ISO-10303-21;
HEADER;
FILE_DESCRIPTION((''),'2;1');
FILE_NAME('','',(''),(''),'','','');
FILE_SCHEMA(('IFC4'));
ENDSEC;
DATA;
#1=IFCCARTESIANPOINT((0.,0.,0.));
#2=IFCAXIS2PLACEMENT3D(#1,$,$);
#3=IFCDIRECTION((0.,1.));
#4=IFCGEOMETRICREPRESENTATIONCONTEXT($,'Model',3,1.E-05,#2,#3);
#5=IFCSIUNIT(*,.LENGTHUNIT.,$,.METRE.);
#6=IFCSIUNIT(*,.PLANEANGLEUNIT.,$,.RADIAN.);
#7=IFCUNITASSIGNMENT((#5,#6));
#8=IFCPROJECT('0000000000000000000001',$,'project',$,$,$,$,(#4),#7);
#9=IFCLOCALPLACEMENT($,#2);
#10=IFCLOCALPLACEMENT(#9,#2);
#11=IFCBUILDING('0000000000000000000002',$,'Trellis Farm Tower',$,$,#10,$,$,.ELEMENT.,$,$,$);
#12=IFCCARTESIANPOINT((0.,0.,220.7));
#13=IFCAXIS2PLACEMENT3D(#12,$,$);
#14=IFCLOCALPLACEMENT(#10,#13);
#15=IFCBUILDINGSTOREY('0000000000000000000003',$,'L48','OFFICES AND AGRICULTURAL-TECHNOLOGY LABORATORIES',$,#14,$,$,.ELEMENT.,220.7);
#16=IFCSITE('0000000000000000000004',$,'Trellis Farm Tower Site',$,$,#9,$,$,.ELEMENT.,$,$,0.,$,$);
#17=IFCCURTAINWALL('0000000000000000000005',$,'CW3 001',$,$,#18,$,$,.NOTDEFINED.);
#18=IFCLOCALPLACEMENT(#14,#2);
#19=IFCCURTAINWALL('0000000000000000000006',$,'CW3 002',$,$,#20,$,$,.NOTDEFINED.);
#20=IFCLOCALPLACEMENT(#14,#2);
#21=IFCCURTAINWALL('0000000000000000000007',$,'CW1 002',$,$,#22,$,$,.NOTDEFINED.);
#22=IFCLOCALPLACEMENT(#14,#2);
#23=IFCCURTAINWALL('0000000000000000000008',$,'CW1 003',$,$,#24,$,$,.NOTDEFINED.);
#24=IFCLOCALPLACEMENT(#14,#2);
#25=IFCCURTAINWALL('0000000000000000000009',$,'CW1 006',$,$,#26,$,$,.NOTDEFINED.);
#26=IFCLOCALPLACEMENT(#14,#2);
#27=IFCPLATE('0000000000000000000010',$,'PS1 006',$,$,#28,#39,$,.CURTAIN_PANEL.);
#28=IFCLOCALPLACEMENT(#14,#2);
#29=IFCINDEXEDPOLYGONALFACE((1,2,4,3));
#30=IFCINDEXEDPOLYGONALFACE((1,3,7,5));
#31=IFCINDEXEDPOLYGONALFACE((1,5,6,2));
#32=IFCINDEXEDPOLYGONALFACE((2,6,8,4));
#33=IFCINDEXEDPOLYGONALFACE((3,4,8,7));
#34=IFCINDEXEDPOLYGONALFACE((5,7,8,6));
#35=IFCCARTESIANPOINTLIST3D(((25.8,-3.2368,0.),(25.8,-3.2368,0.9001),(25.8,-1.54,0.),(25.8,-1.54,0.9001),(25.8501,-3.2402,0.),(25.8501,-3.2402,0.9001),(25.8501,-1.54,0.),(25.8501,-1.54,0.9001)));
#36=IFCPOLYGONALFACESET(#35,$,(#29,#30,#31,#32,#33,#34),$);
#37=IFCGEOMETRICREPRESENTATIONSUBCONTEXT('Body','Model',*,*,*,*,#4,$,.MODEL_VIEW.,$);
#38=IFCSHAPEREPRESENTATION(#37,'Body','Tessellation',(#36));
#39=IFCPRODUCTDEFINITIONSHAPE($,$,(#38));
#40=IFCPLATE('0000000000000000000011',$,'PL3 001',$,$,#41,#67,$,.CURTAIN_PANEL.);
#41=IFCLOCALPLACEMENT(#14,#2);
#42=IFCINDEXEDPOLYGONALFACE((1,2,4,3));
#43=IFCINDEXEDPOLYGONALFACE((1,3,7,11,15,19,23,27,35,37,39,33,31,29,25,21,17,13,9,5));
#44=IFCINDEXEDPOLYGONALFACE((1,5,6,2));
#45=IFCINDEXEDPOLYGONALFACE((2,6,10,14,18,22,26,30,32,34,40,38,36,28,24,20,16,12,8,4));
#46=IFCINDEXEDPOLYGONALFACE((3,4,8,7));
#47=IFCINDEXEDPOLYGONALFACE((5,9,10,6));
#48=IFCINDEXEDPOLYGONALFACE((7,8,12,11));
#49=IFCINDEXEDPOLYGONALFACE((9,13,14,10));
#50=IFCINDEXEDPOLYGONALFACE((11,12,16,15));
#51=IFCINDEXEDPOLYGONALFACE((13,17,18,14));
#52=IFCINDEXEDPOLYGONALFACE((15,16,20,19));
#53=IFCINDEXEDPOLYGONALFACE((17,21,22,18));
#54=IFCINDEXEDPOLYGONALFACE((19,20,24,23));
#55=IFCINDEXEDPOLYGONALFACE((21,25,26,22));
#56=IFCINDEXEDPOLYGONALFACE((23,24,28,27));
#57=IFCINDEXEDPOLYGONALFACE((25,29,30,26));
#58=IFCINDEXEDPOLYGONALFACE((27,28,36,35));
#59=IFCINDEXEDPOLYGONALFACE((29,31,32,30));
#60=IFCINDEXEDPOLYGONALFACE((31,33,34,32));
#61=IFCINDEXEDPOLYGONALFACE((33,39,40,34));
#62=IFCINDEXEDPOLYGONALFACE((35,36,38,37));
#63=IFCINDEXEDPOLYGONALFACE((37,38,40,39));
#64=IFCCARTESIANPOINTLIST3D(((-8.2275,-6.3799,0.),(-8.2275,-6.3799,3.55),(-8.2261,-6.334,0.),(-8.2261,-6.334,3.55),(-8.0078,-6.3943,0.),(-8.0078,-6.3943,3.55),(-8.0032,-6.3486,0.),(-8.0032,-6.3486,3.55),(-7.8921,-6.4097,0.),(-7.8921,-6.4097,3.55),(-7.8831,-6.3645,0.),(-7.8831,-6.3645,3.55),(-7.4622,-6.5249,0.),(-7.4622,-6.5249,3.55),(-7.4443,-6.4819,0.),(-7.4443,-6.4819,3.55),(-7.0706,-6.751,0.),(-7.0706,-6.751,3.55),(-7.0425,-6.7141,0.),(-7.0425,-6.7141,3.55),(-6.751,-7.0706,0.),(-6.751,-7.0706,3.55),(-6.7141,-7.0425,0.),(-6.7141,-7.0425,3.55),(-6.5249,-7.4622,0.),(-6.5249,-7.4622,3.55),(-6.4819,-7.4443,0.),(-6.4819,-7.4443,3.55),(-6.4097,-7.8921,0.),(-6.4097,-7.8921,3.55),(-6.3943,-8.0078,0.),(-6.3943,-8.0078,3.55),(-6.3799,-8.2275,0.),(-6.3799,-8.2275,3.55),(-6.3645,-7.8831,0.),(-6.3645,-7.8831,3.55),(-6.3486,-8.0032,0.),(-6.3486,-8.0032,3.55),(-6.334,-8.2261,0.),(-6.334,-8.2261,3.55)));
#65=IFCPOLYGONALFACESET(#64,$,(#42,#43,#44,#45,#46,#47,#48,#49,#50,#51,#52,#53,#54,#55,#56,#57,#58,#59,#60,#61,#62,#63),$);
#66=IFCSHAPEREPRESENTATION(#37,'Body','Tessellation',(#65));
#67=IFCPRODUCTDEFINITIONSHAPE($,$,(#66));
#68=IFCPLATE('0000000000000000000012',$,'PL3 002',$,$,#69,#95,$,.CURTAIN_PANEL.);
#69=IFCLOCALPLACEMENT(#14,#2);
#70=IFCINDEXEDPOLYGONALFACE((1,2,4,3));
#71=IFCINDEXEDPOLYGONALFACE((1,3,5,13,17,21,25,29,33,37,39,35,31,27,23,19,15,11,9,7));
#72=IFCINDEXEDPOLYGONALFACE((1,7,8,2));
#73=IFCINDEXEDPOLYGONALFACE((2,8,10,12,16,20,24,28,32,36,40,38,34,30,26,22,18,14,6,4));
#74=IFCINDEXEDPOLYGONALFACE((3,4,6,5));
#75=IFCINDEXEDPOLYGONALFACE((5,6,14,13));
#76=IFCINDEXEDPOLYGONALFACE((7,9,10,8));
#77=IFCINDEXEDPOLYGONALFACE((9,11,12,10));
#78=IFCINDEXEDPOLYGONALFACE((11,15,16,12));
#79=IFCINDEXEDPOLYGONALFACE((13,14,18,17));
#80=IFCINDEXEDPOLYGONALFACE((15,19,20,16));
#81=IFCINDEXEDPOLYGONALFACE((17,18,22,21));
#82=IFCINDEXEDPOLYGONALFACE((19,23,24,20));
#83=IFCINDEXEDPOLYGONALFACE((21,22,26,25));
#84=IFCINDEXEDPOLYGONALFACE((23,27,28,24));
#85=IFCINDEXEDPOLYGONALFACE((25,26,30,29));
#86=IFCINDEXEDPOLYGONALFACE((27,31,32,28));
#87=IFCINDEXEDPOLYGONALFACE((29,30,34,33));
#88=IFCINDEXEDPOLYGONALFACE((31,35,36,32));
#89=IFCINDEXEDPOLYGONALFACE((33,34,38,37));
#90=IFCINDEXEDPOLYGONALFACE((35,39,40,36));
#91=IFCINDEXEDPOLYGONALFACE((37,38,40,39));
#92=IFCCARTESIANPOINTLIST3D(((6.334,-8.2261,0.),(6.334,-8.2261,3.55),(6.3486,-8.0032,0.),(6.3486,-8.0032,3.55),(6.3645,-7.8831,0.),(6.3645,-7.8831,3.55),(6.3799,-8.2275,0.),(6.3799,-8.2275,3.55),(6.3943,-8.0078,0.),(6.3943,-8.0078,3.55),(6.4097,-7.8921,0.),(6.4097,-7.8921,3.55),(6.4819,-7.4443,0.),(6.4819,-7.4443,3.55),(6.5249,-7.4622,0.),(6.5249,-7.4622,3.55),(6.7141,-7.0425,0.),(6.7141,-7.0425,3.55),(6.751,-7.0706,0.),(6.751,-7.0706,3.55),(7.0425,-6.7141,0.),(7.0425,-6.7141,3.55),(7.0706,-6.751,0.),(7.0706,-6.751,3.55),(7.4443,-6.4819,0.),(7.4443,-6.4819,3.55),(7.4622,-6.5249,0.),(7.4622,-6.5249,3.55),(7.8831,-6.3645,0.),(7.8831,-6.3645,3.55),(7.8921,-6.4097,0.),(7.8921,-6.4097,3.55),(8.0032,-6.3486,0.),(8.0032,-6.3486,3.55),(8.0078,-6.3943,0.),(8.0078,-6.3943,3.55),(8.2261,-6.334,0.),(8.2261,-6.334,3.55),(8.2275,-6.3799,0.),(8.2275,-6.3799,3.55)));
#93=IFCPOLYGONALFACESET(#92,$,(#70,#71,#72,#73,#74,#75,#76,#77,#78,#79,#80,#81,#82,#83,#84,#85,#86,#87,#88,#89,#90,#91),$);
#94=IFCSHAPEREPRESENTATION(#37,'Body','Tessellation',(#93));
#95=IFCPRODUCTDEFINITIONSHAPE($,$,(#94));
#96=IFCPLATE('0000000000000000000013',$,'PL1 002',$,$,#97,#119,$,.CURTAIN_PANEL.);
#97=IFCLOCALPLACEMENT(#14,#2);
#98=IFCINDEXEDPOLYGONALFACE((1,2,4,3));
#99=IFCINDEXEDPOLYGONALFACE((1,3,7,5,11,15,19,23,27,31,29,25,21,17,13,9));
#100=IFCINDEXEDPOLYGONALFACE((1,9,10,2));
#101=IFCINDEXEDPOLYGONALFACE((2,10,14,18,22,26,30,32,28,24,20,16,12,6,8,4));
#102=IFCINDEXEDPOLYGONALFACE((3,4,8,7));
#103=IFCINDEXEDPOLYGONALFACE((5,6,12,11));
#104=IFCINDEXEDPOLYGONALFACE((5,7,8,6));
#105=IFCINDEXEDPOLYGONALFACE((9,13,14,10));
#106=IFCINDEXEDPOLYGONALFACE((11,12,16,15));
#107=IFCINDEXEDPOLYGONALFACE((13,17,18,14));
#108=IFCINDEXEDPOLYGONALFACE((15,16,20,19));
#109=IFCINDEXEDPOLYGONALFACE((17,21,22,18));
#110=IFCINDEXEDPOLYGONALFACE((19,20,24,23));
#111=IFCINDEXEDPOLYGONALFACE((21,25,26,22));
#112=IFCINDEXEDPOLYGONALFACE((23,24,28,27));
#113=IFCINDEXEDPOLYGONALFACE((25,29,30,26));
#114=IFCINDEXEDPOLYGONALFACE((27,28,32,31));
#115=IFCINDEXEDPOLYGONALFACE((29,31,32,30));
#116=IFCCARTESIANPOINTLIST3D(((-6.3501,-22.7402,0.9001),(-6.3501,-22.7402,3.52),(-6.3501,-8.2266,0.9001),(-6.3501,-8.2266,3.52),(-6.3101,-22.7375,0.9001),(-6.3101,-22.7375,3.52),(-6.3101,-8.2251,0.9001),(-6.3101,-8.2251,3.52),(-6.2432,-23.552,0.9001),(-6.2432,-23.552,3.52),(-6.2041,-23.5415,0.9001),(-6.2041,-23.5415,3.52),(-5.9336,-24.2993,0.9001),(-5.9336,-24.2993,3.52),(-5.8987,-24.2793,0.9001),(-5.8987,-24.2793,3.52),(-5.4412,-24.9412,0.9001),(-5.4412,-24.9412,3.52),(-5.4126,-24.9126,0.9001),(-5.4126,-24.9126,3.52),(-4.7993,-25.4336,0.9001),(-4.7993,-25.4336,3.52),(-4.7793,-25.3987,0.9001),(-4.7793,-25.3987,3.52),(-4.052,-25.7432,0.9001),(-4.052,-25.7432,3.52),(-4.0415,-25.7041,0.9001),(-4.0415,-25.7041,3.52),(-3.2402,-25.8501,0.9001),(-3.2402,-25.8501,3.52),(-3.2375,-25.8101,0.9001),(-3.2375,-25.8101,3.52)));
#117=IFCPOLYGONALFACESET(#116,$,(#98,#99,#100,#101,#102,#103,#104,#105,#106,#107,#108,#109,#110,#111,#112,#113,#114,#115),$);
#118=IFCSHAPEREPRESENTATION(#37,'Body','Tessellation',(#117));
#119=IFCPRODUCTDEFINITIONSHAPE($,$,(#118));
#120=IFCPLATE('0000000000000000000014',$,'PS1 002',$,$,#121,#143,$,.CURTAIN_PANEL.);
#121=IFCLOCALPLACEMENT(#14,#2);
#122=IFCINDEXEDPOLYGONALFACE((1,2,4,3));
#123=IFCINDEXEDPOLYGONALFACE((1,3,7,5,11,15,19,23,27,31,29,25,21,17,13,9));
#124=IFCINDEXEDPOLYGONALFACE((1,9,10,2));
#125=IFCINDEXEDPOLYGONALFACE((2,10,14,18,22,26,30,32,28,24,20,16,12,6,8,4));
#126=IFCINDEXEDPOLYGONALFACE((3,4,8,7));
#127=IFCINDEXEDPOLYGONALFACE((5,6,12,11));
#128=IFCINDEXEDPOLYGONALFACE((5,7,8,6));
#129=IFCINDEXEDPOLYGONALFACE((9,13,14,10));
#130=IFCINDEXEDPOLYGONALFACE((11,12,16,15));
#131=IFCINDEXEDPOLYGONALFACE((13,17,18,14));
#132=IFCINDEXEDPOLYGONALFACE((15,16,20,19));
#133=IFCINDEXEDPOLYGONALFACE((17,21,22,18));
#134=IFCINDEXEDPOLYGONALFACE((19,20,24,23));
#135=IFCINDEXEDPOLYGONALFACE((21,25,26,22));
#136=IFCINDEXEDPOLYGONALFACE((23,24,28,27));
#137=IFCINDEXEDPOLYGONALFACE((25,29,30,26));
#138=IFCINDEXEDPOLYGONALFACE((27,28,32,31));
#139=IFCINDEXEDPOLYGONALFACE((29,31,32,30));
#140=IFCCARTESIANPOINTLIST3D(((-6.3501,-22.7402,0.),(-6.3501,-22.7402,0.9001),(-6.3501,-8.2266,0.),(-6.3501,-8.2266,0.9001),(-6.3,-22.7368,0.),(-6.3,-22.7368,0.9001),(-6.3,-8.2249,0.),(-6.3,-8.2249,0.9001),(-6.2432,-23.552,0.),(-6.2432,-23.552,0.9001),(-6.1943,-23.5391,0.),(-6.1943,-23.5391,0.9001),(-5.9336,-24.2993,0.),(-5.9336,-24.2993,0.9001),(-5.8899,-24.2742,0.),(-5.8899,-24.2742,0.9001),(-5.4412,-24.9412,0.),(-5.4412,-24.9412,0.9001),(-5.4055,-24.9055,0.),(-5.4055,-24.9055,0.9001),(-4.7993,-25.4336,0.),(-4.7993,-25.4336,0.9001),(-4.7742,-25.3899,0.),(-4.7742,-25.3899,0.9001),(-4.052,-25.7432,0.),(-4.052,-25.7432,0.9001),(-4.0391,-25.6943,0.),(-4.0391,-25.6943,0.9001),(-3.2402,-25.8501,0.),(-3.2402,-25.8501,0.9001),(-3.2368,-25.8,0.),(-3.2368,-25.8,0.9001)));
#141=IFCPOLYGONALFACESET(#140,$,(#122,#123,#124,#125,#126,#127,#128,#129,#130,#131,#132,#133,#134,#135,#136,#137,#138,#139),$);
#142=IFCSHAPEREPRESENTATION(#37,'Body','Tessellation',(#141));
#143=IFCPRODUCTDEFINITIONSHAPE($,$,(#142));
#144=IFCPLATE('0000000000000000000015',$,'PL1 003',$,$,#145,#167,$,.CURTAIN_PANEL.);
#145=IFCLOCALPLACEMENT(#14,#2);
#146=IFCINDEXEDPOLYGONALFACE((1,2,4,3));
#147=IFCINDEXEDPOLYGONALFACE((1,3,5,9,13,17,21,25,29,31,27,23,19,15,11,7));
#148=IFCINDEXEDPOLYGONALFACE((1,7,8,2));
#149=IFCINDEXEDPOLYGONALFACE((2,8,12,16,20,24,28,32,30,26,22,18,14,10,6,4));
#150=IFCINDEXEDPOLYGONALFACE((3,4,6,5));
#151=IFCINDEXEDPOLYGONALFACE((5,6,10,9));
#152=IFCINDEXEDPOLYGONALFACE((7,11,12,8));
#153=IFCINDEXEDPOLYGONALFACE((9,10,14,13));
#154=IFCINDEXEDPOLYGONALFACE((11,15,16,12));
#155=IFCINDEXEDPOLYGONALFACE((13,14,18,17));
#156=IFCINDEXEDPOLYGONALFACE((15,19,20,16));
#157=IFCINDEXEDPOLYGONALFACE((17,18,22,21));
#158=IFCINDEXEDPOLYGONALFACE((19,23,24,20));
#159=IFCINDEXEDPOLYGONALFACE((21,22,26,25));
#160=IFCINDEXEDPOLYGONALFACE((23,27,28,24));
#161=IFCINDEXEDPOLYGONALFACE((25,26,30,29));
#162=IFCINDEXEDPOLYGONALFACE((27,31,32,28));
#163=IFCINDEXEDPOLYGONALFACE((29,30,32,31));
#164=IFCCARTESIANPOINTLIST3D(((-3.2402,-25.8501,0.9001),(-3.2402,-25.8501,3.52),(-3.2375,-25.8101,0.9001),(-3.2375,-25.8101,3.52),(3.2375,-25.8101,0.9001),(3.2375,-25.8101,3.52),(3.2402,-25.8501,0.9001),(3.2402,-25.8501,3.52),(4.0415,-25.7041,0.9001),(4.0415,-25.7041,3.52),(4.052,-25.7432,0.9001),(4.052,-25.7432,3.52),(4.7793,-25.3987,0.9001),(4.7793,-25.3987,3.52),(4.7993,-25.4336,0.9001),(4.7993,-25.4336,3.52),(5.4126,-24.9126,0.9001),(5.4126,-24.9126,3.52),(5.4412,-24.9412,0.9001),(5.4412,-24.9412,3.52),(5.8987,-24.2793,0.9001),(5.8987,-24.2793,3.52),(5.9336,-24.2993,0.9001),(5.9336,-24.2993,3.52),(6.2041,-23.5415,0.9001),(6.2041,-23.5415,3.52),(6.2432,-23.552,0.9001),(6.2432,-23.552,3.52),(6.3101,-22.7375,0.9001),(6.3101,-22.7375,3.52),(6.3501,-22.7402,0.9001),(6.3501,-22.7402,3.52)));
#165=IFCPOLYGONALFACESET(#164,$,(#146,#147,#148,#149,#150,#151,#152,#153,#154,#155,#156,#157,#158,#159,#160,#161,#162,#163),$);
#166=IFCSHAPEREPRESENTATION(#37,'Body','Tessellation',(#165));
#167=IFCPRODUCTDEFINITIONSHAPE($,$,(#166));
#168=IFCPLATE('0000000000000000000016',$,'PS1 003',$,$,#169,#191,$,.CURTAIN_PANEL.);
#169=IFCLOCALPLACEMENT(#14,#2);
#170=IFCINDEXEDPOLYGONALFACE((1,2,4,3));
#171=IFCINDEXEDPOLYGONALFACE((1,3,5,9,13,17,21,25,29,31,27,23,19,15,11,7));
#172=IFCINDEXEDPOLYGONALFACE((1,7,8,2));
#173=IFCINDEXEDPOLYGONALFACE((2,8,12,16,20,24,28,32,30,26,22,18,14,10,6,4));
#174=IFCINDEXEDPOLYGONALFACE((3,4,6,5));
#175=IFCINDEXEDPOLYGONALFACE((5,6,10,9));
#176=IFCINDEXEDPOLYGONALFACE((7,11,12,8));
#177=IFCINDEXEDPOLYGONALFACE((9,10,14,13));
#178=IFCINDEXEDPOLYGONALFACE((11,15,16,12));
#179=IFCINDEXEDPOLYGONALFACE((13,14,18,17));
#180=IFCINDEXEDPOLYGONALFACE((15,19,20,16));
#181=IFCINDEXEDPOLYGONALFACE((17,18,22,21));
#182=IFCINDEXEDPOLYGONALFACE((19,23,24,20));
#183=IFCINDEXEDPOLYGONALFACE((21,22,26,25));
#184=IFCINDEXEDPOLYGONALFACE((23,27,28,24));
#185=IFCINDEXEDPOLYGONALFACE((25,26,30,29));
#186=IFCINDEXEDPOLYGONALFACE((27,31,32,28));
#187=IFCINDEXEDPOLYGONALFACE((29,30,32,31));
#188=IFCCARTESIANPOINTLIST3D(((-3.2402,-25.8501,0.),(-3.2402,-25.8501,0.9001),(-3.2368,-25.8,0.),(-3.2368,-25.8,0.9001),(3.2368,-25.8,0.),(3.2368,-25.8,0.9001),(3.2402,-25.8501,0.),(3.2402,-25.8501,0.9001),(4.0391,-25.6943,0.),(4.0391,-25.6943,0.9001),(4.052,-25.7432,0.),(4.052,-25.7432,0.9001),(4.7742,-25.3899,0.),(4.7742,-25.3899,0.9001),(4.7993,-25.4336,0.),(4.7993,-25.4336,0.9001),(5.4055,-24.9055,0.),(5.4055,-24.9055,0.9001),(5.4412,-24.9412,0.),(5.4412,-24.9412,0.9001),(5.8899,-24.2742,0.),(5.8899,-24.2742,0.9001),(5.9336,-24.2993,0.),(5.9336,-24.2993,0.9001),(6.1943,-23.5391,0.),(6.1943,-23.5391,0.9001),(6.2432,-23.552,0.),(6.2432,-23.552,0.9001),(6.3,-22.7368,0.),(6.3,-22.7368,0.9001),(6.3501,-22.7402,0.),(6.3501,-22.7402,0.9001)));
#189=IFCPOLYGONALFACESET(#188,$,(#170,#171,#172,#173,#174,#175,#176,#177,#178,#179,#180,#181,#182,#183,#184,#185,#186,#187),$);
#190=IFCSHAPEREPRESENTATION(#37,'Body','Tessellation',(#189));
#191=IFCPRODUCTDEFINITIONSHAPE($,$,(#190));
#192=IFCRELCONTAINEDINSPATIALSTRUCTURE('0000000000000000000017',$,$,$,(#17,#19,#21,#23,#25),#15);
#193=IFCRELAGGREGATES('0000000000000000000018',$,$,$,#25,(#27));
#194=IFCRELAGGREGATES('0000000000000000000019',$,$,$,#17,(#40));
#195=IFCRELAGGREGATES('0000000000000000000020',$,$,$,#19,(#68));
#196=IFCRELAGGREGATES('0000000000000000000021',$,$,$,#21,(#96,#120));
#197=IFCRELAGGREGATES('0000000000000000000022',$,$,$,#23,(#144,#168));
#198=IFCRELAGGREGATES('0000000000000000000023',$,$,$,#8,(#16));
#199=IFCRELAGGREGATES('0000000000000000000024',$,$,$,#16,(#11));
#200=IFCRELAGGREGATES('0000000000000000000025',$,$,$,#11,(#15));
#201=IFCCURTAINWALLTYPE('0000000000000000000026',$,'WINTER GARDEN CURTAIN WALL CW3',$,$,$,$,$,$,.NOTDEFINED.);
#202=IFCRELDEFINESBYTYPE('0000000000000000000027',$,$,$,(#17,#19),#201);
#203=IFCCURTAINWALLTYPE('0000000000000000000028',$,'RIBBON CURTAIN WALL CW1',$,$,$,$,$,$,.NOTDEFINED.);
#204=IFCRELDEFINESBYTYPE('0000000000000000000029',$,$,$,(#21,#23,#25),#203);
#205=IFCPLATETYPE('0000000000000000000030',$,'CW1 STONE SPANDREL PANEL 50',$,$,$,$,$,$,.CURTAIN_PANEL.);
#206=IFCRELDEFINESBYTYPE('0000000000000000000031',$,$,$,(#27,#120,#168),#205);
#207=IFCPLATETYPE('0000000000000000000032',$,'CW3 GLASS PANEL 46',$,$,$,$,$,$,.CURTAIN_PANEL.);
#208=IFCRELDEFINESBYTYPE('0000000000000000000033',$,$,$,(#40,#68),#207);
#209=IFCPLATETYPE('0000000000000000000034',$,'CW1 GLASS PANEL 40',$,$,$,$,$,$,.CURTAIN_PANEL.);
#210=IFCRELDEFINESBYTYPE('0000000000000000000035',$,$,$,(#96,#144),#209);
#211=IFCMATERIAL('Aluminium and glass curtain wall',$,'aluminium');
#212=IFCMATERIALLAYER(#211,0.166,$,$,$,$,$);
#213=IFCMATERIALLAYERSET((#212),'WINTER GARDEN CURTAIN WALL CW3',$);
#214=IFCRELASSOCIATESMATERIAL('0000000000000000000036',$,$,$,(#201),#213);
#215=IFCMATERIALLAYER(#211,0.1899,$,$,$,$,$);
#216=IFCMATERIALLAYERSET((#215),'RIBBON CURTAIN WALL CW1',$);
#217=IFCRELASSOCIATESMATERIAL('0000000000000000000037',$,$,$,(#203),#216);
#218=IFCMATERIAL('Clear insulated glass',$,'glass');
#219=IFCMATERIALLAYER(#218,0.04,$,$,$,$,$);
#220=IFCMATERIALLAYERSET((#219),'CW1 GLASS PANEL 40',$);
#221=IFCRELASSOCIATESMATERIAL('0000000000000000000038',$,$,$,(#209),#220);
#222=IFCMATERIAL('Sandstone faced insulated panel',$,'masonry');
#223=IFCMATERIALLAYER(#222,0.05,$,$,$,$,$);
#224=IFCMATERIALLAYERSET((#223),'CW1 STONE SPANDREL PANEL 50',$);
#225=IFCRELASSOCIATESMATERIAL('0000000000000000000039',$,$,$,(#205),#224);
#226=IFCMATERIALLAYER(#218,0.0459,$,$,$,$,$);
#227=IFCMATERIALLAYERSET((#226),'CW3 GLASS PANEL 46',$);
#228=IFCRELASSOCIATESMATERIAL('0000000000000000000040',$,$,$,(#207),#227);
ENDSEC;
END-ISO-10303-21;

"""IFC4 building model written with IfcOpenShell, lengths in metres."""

from ifc_helpers import new_model, si_unit, direction, frame, origin, place, context, subcontext, project, spatial, polyline, outline, extrude, source, transform, mapped, material, layer, layer_set, type_object, element, aggregate, save


model = new_model("IFC4")

# Units and contexts
model_context = context("Model", 3, precision=1e-05, world=origin(), true_north=direction((0.0, 1.0)))
body_context = subcontext(model_context, "Body", "Model", "MODEL_VIEW")
ifc_project = project(units=[si_unit("LENGTHUNIT", "METRE"), si_unit("PLANEANGLEUNIT", "RADIAN")], contexts=[model_context])

# Site, building, storey
site_placement = place(None, origin())
site = spatial("IfcSite", under=ifc_project, at=site_placement, Name="Trellis Farm Tower Site", CompositionType="ELEMENT", RefElevation=0.0)
building_placement = place(site_placement, origin())
building = spatial("IfcBuilding", under=site, at=building_placement, Name="Trellis Farm Tower", CompositionType="ELEMENT")
storey_placement = place(building_placement, frame((0.0, 0.0, 220.7)))
storey = spatial("IfcBuildingStorey", under=building, at=storey_placement, Name="L48", Description="OFFICES AND AGRICULTURAL-TECHNOLOGY LABORATORIES", CompositionType="ELEMENT", Elevation=220.7)

# Curtain walls
ifc_material_1 = material(Name="Aluminium and glass curtain wall", Category="aluminium")
ifc_layer_1 = layer(ifc_material_1, 0.166)
ifc_layer_set_1 = layer_set([ifc_layer_1], Name="WINTER GARDEN CURTAIN WALL CW3")
curtain_wall_type_1 = type_object("IfcCurtainWallType", Name="WINTER GARDEN CURTAIN WALL CW3", PredefinedType="NOTDEFINED", material=ifc_layer_set_1)
placement_1 = place(storey_placement, origin())
curtain_wall_1 = element("IfcCurtainWall", 1, at=placement_1, inside=storey, type_object=curtain_wall_type_1, Name="CW3 001", PredefinedType="NOTDEFINED")
curtain_wall_2 = element("IfcCurtainWall", 2, at=placement_1, inside=storey, type_object=curtain_wall_type_1, Name="CW3 002", PredefinedType="NOTDEFINED")
ifc_layer_2 = layer(ifc_material_1, 0.1899)
ifc_layer_set_2 = layer_set([ifc_layer_2], Name="RIBBON CURTAIN WALL CW1")
curtain_wall_type_2 = type_object("IfcCurtainWallType", Name="RIBBON CURTAIN WALL CW1", PredefinedType="NOTDEFINED", material=ifc_layer_set_2)
curtain_wall_3 = element("IfcCurtainWall", 3, at=placement_1, inside=storey, type_object=curtain_wall_type_2, Name="CW1 002", PredefinedType="NOTDEFINED")
curtain_wall_4 = element("IfcCurtainWall", 4, at=placement_1, inside=storey, type_object=curtain_wall_type_2, Name="CW1 003", PredefinedType="NOTDEFINED")

# Curtain wall, plate
curtain_wall_5 = element("IfcCurtainWall", 5, at=placement_1, inside=storey, type_object=curtain_wall_type_2, Name="CW1 006", PredefinedType="NOTDEFINED")
ifc_material_2 = material(Name="Clear insulated glass", Category="glass")
ifc_layer_3 = layer(ifc_material_2, 0.04)
ifc_layer_set_3 = layer_set([ifc_layer_3], Name="CW1 GLASS PANEL 40")
plate_type_1 = type_object("IfcPlateType", Name="CW1 GLASS PANEL 40", PredefinedType="CURTAIN_PANEL", material=ifc_layer_set_3)
placement_2 = place(storey_placement, frame((0.0, 0.0, 0.9001)))
ifc_material_3 = material(Name="Sandstone faced insulated panel", Category="masonry")
ifc_layer_4 = layer(ifc_material_3, 0.05)
ifc_layer_set_4 = layer_set([ifc_layer_4], Name="CW1 STONE SPANDREL PANEL 50")
plate_type_2 = type_object("IfcPlateType", Name="CW1 STONE SPANDREL PANEL 50", PredefinedType="CURTAIN_PANEL", material=ifc_layer_set_4)
plate_1 = element("IfcPlate", 6, at=placement_1, type_object=plate_type_2, Name="PS1 006", PredefinedType="CURTAIN_PANEL", context=body_context, shape_type="SweptSolid", body=[
    extrude(outline(polyline([(25.8501, -3.2402), (25.8501, -1.54), (25.8, -1.54), (25.8, -3.2368), (25.8501, -3.2402)])), origin(), (0.0, 0.0, 1.0), 0.9001),
])
aggregate(curtain_wall_5, [plate_1])

# Plates
ifc_layer_5 = layer(ifc_material_2, 0.0459)
ifc_layer_set_5 = layer_set([ifc_layer_5], Name="CW3 GLASS PANEL 46")
plate_type_3 = type_object("IfcPlateType", Name="CW3 GLASS PANEL 46", PredefinedType="CURTAIN_PANEL", material=ifc_layer_set_5)
shared_shape_1 = source(origin(), body_context, "Body", "SweptSolid", [
    extrude(outline(polyline([(-8.2275, -6.3799), (-8.0078, -6.3943), (-7.8921, -6.4097), (-7.4622, -6.5249), (-7.0706, -6.751), (-6.751, -7.0706), (-6.5249, -7.4622), (-6.4097, -7.8921), (-6.3943, -8.0078), (-6.3799, -8.2275), (-6.334, -8.2261), (-6.3486, -8.0032), (-6.3645, -7.8831), (-6.4819, -7.4443), (-6.7141, -7.0425), (-7.0425, -6.7141), (-7.4443, -6.4819), (-7.8831, -6.3645), (-8.0032, -6.3486), (-8.2261, -6.334), (-8.2275, -6.3799)])), origin(), (0.0, 0.0, 1.0), 3.55),
])
plate_2 = element("IfcPlate", 7, at=placement_1, type_object=plate_type_3, Name="PL3 001", PredefinedType="CURTAIN_PANEL", context=body_context, shape_type="MappedRepresentation", body=[
    mapped(shared_shape_1, transform((0.0, 0.0, 0.0))),
])
aggregate(curtain_wall_1, [plate_2])
shared_shape_2 = source(origin(), body_context, "Body", "SweptSolid", [
    extrude(outline(polyline([(6.3799, -8.2275), (6.3943, -8.0078), (6.4097, -7.8921), (6.5249, -7.4622), (6.751, -7.0706), (7.0706, -6.751), (7.4622, -6.5249), (7.8921, -6.4097), (8.0078, -6.3943), (8.2275, -6.3799), (8.2261, -6.334), (8.0032, -6.3486), (7.8831, -6.3645), (7.4443, -6.4819), (7.0425, -6.7141), (6.7141, -7.0425), (6.4819, -7.4443), (6.3645, -7.8831), (6.3486, -8.0032), (6.334, -8.2261), (6.3799, -8.2275)])), origin(), (0.0, 0.0, 1.0), 3.55),
])
plate_3 = element("IfcPlate", 8, at=placement_1, type_object=plate_type_3, Name="PL3 002", PredefinedType="CURTAIN_PANEL", context=body_context, shape_type="MappedRepresentation", body=[
    mapped(shared_shape_2, transform((0.0, 0.0, 0.0))),
])
aggregate(curtain_wall_2, [plate_3])
shared_shape_3 = source(origin(), body_context, "Body", "SweptSolid", [
    extrude(outline(polyline([(-6.3501, -8.2266), (-6.3501, -22.7402), (-6.2432, -23.552), (-5.9336, -24.2993), (-5.4412, -24.9412), (-4.7993, -25.4336), (-4.052, -25.7432), (-3.2402, -25.8501), (-3.2375, -25.8101), (-4.0415, -25.7041), (-4.7793, -25.3987), (-5.4126, -24.9126), (-5.8987, -24.2793), (-6.2041, -23.5415), (-6.3101, -22.7375), (-6.3101, -8.2251), (-6.3501, -8.2266)])), origin(), (0.0, 0.0, 1.0), 2.6199),
])
plate_4 = element("IfcPlate", 9, at=placement_2, type_object=plate_type_1, Name="PL1 002", PredefinedType="CURTAIN_PANEL", context=body_context, shape_type="MappedRepresentation", body=[
    mapped(shared_shape_3, transform((0.0, 0.0, 0.0))),
])
shared_shape_4 = source(origin(), body_context, "Body", "SweptSolid", [
    extrude(outline(polyline([(-6.3501, -8.2266), (-6.3501, -22.7402), (-6.2432, -23.552), (-5.9336, -24.2993), (-5.4412, -24.9412), (-4.7993, -25.4336), (-4.052, -25.7432), (-3.2402, -25.8501), (-3.2368, -25.8), (-4.0391, -25.6943), (-4.7742, -25.3899), (-5.4055, -24.9055), (-5.8899, -24.2742), (-6.1943, -23.5391), (-6.3, -22.7368), (-6.3, -8.2249), (-6.3501, -8.2266)])), origin(), (0.0, 0.0, 1.0), 0.9001),
])
plate_5 = element("IfcPlate", 10, at=placement_1, type_object=plate_type_2, Name="PS1 002", PredefinedType="CURTAIN_PANEL", context=body_context, shape_type="MappedRepresentation", body=[
    mapped(shared_shape_4, transform((0.0, 0.0, 0.0))),
])
aggregate(curtain_wall_3, [plate_4, plate_5])
shared_shape_5 = source(origin(), body_context, "Body", "SweptSolid", [
    extrude(outline(polyline([(-3.2402, -25.8501), (3.2402, -25.8501), (4.052, -25.7432), (4.7993, -25.4336), (5.4412, -24.9412), (5.9336, -24.2993), (6.2432, -23.552), (6.3501, -22.7402), (6.3101, -22.7375), (6.2041, -23.5415), (5.8987, -24.2793), (5.4126, -24.9126), (4.7793, -25.3987), (4.0415, -25.7041), (3.2375, -25.8101), (-3.2375, -25.8101), (-3.2402, -25.8501)])), origin(), (0.0, 0.0, 1.0), 2.6199),
])
plate_6 = element("IfcPlate", 11, at=placement_2, type_object=plate_type_1, Name="PL1 003", PredefinedType="CURTAIN_PANEL", context=body_context, shape_type="MappedRepresentation", body=[
    mapped(shared_shape_5, transform((0.0, 0.0, 0.0))),
])
shared_shape_6 = source(origin(), body_context, "Body", "SweptSolid", [
    extrude(outline(polyline([(-3.2402, -25.8501), (3.2402, -25.8501), (4.052, -25.7432), (4.7993, -25.4336), (5.4412, -24.9412), (5.9336, -24.2993), (6.2432, -23.552), (6.3501, -22.7402), (6.3, -22.7368), (6.1943, -23.5391), (5.8899, -24.2742), (5.4055, -24.9055), (4.7742, -25.3899), (4.0391, -25.6943), (3.2368, -25.8), (-3.2368, -25.8), (-3.2402, -25.8501)])), origin(), (0.0, 0.0, 1.0), 0.9001),
])
plate_7 = element("IfcPlate", 12, at=placement_1, type_object=plate_type_2, Name="PS1 003", PredefinedType="CURTAIN_PANEL", context=body_context, shape_type="MappedRepresentation", body=[
    mapped(shared_shape_6, transform((0.0, 0.0, 0.0))),
])
aggregate(curtain_wall_4, [plate_6, plate_7])

save(model, "model.ifc")
